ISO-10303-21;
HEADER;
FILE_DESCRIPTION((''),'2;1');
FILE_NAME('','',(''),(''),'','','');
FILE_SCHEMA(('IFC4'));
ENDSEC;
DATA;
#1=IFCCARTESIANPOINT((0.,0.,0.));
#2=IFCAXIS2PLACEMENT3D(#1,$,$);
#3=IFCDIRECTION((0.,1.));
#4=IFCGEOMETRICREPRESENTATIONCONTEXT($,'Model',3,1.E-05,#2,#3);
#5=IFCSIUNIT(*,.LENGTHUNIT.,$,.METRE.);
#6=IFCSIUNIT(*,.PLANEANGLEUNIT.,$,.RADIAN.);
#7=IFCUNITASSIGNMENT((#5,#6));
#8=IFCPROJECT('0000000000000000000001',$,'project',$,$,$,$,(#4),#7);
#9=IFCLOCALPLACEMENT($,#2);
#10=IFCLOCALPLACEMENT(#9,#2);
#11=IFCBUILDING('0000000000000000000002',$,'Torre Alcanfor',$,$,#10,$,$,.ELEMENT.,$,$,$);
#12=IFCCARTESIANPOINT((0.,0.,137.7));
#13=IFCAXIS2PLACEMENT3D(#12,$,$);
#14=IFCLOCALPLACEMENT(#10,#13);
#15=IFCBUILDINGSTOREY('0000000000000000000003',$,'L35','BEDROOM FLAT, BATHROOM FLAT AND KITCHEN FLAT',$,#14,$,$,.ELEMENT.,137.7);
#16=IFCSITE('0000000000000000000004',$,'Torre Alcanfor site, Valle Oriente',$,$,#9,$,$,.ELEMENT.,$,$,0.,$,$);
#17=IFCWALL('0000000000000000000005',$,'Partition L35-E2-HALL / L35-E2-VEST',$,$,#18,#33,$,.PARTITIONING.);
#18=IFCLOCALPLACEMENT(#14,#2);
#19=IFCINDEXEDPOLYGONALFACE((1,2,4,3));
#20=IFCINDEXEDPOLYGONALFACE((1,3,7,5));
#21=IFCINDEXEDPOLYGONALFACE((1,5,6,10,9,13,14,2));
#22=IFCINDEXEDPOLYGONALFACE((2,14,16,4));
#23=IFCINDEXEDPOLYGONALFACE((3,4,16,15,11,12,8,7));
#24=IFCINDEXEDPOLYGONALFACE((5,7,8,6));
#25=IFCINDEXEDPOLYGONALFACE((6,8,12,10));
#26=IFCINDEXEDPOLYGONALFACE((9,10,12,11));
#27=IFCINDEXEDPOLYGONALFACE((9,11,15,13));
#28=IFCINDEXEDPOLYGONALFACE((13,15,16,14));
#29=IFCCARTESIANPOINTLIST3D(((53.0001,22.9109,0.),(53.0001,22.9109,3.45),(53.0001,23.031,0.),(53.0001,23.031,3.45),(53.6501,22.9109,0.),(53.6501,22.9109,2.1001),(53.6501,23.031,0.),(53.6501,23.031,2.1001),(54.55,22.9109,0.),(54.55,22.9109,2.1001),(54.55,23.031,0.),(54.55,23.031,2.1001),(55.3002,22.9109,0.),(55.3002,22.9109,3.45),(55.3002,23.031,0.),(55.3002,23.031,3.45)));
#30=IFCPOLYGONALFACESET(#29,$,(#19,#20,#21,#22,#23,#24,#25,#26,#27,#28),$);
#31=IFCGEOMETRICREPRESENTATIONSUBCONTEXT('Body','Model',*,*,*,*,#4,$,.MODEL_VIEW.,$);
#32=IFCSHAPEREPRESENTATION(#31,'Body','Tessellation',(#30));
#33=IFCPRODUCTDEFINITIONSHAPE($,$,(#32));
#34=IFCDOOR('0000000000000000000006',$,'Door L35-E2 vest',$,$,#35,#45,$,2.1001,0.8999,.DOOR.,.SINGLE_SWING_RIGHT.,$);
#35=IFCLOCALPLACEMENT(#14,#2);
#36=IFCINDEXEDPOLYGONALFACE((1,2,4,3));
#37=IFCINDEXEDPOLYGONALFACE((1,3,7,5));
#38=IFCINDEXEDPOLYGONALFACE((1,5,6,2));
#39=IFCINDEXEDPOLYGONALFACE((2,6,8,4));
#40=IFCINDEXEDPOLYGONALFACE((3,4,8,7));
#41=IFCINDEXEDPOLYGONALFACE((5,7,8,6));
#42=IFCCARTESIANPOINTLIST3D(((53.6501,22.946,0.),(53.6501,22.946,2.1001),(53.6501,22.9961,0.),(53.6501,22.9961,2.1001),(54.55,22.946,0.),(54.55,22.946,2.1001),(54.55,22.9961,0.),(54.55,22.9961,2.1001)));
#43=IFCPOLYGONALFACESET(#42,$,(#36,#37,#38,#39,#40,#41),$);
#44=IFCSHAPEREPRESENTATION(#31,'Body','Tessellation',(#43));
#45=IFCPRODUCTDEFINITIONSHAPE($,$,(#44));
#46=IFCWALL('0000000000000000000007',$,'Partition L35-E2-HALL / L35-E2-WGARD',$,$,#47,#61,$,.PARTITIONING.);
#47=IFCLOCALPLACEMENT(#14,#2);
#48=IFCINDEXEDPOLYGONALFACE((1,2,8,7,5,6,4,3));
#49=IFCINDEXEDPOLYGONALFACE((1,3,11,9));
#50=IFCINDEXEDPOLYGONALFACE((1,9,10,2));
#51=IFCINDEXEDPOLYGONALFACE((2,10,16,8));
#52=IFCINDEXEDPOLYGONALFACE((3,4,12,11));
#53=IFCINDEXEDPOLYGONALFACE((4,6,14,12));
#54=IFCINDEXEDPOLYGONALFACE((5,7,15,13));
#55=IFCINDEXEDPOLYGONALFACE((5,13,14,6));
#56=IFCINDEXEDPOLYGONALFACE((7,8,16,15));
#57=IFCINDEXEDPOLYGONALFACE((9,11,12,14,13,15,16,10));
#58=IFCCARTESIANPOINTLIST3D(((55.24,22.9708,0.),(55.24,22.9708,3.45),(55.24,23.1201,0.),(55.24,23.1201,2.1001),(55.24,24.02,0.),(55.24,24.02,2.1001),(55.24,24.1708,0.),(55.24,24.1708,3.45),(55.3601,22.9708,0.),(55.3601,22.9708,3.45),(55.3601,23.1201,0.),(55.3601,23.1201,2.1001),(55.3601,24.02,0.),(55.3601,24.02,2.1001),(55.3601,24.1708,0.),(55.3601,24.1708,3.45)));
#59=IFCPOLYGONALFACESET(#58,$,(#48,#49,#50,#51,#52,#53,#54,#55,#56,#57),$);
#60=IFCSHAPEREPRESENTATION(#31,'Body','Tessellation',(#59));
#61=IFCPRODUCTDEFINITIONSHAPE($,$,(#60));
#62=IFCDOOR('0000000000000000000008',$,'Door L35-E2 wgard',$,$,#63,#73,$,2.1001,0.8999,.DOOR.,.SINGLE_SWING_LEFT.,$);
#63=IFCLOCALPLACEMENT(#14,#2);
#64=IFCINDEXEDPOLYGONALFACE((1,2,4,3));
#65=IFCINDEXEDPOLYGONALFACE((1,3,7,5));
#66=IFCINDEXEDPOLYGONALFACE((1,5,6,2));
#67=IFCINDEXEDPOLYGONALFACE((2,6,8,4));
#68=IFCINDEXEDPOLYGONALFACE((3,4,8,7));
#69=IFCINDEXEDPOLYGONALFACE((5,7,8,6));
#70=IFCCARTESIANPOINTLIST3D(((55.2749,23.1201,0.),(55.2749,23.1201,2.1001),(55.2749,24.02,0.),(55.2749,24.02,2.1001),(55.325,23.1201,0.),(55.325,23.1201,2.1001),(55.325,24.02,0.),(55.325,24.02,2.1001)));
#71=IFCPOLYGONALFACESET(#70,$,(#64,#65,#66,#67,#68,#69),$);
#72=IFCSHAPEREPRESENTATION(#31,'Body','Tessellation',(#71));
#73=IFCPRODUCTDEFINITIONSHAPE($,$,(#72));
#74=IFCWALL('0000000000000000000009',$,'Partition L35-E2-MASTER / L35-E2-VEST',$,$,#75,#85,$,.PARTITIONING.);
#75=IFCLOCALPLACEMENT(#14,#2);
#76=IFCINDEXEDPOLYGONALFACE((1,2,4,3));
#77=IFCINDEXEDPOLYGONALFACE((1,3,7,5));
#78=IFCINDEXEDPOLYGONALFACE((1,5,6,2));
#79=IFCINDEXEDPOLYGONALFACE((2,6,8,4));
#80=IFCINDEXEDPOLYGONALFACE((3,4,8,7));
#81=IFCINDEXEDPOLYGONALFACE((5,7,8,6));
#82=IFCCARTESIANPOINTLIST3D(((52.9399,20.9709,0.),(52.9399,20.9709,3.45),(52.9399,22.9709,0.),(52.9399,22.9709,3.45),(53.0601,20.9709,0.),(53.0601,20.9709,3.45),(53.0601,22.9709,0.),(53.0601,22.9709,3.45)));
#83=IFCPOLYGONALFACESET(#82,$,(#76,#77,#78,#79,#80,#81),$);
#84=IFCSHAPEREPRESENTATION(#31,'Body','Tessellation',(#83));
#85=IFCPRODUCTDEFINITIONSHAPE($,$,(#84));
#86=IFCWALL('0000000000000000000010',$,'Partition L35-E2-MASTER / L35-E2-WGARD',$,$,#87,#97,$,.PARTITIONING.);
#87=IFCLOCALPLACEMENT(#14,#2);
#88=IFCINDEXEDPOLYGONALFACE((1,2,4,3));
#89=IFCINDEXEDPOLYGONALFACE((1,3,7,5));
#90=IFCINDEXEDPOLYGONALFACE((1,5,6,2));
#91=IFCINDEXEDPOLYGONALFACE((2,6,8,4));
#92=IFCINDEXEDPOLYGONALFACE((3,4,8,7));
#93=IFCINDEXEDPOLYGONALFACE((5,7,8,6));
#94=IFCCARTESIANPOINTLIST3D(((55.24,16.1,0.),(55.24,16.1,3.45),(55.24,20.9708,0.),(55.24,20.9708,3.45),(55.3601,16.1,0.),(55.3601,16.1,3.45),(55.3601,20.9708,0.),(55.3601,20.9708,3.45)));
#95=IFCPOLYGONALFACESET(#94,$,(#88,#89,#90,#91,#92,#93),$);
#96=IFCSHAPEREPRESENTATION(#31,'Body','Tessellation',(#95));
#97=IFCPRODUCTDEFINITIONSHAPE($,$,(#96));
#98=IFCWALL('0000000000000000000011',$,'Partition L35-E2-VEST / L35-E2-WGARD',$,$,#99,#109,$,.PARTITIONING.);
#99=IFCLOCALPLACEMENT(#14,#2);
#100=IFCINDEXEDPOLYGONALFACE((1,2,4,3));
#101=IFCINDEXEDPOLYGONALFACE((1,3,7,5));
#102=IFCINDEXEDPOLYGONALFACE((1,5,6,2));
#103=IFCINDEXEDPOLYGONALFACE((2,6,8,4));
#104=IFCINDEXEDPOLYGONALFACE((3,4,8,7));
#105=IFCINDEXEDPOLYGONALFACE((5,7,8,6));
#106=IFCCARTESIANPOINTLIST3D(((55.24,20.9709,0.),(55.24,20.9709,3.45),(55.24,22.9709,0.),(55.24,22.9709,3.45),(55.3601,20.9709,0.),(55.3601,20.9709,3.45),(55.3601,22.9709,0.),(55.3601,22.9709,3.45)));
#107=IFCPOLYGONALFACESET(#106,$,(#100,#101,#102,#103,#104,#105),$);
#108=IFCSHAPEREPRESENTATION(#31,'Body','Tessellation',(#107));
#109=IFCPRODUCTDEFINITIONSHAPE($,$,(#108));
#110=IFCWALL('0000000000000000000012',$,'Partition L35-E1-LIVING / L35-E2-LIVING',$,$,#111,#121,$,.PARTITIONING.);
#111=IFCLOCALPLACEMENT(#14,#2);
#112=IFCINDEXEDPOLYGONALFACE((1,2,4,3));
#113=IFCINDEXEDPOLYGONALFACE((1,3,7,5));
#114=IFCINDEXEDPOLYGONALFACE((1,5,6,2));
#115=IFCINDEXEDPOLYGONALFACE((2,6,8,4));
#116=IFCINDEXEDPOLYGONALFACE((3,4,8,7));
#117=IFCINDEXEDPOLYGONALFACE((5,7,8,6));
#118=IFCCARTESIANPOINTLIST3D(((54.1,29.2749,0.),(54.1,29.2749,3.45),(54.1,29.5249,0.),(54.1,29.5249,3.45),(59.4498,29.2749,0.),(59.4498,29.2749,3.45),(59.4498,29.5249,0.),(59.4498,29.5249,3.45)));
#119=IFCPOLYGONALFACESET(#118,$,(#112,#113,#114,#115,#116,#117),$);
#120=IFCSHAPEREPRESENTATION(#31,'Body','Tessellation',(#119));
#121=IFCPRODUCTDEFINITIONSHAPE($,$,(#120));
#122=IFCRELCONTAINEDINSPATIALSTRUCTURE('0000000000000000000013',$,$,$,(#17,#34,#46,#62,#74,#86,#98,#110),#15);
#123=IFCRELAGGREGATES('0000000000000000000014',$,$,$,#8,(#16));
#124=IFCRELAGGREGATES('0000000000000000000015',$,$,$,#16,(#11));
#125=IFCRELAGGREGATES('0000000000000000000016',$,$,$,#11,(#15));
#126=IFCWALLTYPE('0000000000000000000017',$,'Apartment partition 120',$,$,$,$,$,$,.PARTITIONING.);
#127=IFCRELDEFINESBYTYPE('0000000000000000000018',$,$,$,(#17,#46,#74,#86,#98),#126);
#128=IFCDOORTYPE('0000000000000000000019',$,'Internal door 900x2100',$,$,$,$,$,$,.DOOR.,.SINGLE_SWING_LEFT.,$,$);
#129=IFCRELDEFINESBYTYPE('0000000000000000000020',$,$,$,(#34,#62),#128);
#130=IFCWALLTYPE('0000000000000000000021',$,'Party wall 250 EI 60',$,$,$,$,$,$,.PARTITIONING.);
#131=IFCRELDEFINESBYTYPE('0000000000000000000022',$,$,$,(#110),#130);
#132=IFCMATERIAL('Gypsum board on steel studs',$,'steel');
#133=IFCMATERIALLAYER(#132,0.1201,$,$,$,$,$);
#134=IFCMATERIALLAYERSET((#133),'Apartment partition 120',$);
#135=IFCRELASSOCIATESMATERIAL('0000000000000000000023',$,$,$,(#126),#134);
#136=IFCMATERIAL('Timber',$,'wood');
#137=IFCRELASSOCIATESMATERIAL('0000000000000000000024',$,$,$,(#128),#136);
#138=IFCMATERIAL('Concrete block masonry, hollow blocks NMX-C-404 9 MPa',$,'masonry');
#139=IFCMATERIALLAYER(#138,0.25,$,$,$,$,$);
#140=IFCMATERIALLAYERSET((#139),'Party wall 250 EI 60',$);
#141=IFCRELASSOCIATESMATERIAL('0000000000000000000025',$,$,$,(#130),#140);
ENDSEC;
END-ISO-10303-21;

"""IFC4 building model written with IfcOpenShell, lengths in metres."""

from ifc_helpers import new_model, si_unit, direction, frame, frame_2d, origin, place, context, subcontext, project, spatial, rectangle, extrude, material, layer, layer_set, type_object, element, fill, save


model = new_model("IFC4")

# Units and contexts
model_context = context("Model", 3, precision=1e-05, world=origin(), true_north=direction((0.0, 1.0)))
body_context = subcontext(model_context, "Body", "Model", "MODEL_VIEW")
ifc_project = project(units=[si_unit("LENGTHUNIT", "METRE"), si_unit("PLANEANGLEUNIT", "RADIAN")], contexts=[model_context])

# Site, building, storey
site_placement = place(None, origin())
site = spatial("IfcSite", under=ifc_project, at=site_placement, Name="Torre Alcanfor site, Valle Oriente", CompositionType="ELEMENT", RefElevation=0.0)
building_placement = place(site_placement, origin())
building = spatial("IfcBuilding", under=site, at=building_placement, Name="Torre Alcanfor", CompositionType="ELEMENT")
storey_placement = place(building_placement, frame((0.0, 0.0, 137.7)))
storey = spatial("IfcBuildingStorey", under=building, at=storey_placement, Name="L35", Description="BEDROOM FLAT, BATHROOM FLAT AND KITCHEN FLAT", CompositionType="ELEMENT", Elevation=137.7)

# Shared definitions
ifc_material_1 = material(Name="Gypsum board on steel studs", Category="steel")
ifc_layer_1 = layer(ifc_material_1, 0.1201)
ifc_layer_set_1 = layer_set([ifc_layer_1], Name="Apartment partition 120")
wall_type_1 = type_object("IfcWallType", Name="Apartment partition 120", PredefinedType="PARTITIONING", material=ifc_layer_set_1)

# Shared definitions
ifc_material_2 = material(Name="Timber", Category="wood")
door_type = type_object("IfcDoorType", Name="Internal door 900x2100", OperationType="SINGLE_SWING_LEFT", PredefinedType="DOOR", material=ifc_material_2)

# Walls, openings, doors
wall_1_placement = place(storey_placement, frame((55.3, 22.9709, 0.0), z_axis=(0.0, 0.0, 1.0), x_axis=(-1.0, 0.0, 0.0)))
wall_1 = element("IfcWall", 1, at=wall_1_placement, inside=storey, type_object=wall_type_1, Name="Partition L35-E2-HALL / L35-E2-VEST", PredefinedType="PARTITIONING", context=body_context, shape_type="SweptSolid", body=[
    extrude(rectangle(XDim=2.3, YDim=0.1201, at=frame_2d((1.1499, 0.0))), origin(), (0.0, 0.0, 1.0), 3.45),
])
opening_1_placement = place(wall_1_placement, frame((0.75, 0.0, 0.0)))
opening_1 = element("IfcOpeningElement", 2, at=opening_1_placement, cuts=wall_1, PredefinedType="OPENING", context=body_context, shape_type="SweptSolid", body=[
    extrude(rectangle(XDim=0.8999, YDim=2.1001, at=frame_2d((0.45, 1.05))), frame((0.0, 0.0701, 0.0), z_axis=(0.0, -1.0, 0.0), x_axis=(1.0, 0.0, 0.0)), (0.0, 0.0, 1.0), 0.1401),
])
door_1_placement = place(opening_1_placement, origin())
door_1 = element("IfcDoor", 3, at=door_1_placement, inside=storey, type_object=door_type, Name="Door L35-E2 vest", OperationType="SINGLE_SWING_RIGHT", OverallHeight=2.1001, OverallWidth=0.8999, PredefinedType="DOOR", context=body_context, shape_type="SweptSolid", body=[
    extrude(rectangle(XDim=0.8999, YDim=2.1001, at=frame_2d((0.45, 1.05))), frame((0.0, 0.0249, 0.0), z_axis=(0.0, -1.0, 0.0), x_axis=(1.0, 0.0, 0.0)), (0.0, 0.0, 1.0), 0.05),
])
fill(opening_1, door_1)
wall_2_placement = place(storey_placement, frame((55.3, 24.1709, 0.0), z_axis=(0.0, 0.0, 1.0), x_axis=(0.0, -1.0, 0.0)))
wall_2 = element("IfcWall", 4, at=wall_2_placement, inside=storey, type_object=wall_type_1, Name="Partition L35-E2-HALL / L35-E2-WGARD", PredefinedType="PARTITIONING", context=body_context, shape_type="SweptSolid", body=[
    extrude(rectangle(XDim=1.2, YDim=0.1201, at=frame_2d((0.6001, 0.0))), origin(), (0.0, 0.0, 1.0), 3.45),
])
opening_2_placement = place(wall_2_placement, frame((0.1509, 0.0, 0.0)))
opening_2 = element("IfcOpeningElement", 5, at=opening_2_placement, cuts=wall_2, PredefinedType="OPENING", context=body_context, shape_type="SweptSolid", body=[
    extrude(rectangle(XDim=0.8999, YDim=2.1001, at=frame_2d((0.45, 1.05))), frame((0.0, 0.0701, 0.0), z_axis=(0.0, -1.0, 0.0), x_axis=(1.0, 0.0, 0.0)), (0.0, 0.0, 1.0), 0.1401),
])
door_2_placement = place(opening_2_placement, origin())
door_2 = element("IfcDoor", 6, at=door_2_placement, inside=storey, type_object=door_type, Name="Door L35-E2 wgard", OperationType="SINGLE_SWING_LEFT", OverallHeight=2.1001, OverallWidth=0.8999, PredefinedType="DOOR", context=body_context, shape_type="SweptSolid", body=[
    extrude(rectangle(XDim=0.8999, YDim=2.1001, at=frame_2d((0.45, 1.05))), frame((0.0, 0.0249, 0.0), z_axis=(0.0, -1.0, 0.0), x_axis=(1.0, 0.0, 0.0)), (0.0, 0.0, 1.0), 0.05),
])
fill(opening_2, door_2)

# Walls
wall_3_placement = place(storey_placement, frame((53.0, 22.9709, 0.0), z_axis=(0.0, 0.0, 1.0), x_axis=(0.0, -1.0, 0.0)))
element("IfcWall", 7, at=wall_3_placement, inside=storey, type_object=wall_type_1, Name="Partition L35-E2-MASTER / L35-E2-VEST", PredefinedType="PARTITIONING", context=body_context, shape_type="SweptSolid", body=[
    extrude(rectangle(XDim=2.0, YDim=0.1201, at=frame_2d((1.0, 0.0))), origin(), (0.0, 0.0, 1.0), 3.45),
])
wall_4_placement = place(storey_placement, frame((55.3, 20.9709, 0.0), z_axis=(0.0, 0.0, 1.0), x_axis=(0.0, -1.0, 0.0)))
element("IfcWall", 8, at=wall_4_placement, inside=storey, type_object=wall_type_1, Name="Partition L35-E2-MASTER / L35-E2-WGARD", PredefinedType="PARTITIONING", context=body_context, shape_type="SweptSolid", body=[
    extrude(rectangle(XDim=4.8708, YDim=0.1201, at=frame_2d((2.4355, 0.0))), origin(), (0.0, 0.0, 1.0), 3.45),
])
wall_5_placement = place(storey_placement, frame((55.3, 22.9709, 0.0), z_axis=(0.0, 0.0, 1.0), x_axis=(0.0, -1.0, 0.0)))
element("IfcWall", 9, at=wall_5_placement, inside=storey, type_object=wall_type_1, Name="Partition L35-E2-VEST / L35-E2-WGARD", PredefinedType="PARTITIONING", context=body_context, shape_type="SweptSolid", body=[
    extrude(rectangle(XDim=2.0, YDim=0.1201, at=frame_2d((1.0, 0.0))), origin(), (0.0, 0.0, 1.0), 3.45),
])
ifc_material_3 = material(Name="Concrete block masonry, hollow blocks NMX-C-404 9 MPa", Category="masonry")
ifc_layer_2 = layer(ifc_material_3, 0.25)
ifc_layer_set_2 = layer_set([ifc_layer_2], Name="Party wall 250 EI 60")
wall_type_2 = type_object("IfcWallType", Name="Party wall 250 EI 60", PredefinedType="PARTITIONING", material=ifc_layer_set_2)
wall_6_placement = place(storey_placement, frame((54.1001, 29.3999, 0.0), z_axis=(0.0, 0.0, 1.0), x_axis=(1.0, 0.0, 0.0)))
element("IfcWall", 10, at=wall_6_placement, inside=storey, type_object=wall_type_2, Name="Partition L35-E1-LIVING / L35-E2-LIVING", PredefinedType="PARTITIONING", context=body_context, shape_type="SweptSolid", body=[
    extrude(rectangle(XDim=5.3499, YDim=0.25, at=frame_2d((2.6748, 0.0))), origin(), (0.0, 0.0, 1.0), 3.45),
])

save(model, "model.ifc")
